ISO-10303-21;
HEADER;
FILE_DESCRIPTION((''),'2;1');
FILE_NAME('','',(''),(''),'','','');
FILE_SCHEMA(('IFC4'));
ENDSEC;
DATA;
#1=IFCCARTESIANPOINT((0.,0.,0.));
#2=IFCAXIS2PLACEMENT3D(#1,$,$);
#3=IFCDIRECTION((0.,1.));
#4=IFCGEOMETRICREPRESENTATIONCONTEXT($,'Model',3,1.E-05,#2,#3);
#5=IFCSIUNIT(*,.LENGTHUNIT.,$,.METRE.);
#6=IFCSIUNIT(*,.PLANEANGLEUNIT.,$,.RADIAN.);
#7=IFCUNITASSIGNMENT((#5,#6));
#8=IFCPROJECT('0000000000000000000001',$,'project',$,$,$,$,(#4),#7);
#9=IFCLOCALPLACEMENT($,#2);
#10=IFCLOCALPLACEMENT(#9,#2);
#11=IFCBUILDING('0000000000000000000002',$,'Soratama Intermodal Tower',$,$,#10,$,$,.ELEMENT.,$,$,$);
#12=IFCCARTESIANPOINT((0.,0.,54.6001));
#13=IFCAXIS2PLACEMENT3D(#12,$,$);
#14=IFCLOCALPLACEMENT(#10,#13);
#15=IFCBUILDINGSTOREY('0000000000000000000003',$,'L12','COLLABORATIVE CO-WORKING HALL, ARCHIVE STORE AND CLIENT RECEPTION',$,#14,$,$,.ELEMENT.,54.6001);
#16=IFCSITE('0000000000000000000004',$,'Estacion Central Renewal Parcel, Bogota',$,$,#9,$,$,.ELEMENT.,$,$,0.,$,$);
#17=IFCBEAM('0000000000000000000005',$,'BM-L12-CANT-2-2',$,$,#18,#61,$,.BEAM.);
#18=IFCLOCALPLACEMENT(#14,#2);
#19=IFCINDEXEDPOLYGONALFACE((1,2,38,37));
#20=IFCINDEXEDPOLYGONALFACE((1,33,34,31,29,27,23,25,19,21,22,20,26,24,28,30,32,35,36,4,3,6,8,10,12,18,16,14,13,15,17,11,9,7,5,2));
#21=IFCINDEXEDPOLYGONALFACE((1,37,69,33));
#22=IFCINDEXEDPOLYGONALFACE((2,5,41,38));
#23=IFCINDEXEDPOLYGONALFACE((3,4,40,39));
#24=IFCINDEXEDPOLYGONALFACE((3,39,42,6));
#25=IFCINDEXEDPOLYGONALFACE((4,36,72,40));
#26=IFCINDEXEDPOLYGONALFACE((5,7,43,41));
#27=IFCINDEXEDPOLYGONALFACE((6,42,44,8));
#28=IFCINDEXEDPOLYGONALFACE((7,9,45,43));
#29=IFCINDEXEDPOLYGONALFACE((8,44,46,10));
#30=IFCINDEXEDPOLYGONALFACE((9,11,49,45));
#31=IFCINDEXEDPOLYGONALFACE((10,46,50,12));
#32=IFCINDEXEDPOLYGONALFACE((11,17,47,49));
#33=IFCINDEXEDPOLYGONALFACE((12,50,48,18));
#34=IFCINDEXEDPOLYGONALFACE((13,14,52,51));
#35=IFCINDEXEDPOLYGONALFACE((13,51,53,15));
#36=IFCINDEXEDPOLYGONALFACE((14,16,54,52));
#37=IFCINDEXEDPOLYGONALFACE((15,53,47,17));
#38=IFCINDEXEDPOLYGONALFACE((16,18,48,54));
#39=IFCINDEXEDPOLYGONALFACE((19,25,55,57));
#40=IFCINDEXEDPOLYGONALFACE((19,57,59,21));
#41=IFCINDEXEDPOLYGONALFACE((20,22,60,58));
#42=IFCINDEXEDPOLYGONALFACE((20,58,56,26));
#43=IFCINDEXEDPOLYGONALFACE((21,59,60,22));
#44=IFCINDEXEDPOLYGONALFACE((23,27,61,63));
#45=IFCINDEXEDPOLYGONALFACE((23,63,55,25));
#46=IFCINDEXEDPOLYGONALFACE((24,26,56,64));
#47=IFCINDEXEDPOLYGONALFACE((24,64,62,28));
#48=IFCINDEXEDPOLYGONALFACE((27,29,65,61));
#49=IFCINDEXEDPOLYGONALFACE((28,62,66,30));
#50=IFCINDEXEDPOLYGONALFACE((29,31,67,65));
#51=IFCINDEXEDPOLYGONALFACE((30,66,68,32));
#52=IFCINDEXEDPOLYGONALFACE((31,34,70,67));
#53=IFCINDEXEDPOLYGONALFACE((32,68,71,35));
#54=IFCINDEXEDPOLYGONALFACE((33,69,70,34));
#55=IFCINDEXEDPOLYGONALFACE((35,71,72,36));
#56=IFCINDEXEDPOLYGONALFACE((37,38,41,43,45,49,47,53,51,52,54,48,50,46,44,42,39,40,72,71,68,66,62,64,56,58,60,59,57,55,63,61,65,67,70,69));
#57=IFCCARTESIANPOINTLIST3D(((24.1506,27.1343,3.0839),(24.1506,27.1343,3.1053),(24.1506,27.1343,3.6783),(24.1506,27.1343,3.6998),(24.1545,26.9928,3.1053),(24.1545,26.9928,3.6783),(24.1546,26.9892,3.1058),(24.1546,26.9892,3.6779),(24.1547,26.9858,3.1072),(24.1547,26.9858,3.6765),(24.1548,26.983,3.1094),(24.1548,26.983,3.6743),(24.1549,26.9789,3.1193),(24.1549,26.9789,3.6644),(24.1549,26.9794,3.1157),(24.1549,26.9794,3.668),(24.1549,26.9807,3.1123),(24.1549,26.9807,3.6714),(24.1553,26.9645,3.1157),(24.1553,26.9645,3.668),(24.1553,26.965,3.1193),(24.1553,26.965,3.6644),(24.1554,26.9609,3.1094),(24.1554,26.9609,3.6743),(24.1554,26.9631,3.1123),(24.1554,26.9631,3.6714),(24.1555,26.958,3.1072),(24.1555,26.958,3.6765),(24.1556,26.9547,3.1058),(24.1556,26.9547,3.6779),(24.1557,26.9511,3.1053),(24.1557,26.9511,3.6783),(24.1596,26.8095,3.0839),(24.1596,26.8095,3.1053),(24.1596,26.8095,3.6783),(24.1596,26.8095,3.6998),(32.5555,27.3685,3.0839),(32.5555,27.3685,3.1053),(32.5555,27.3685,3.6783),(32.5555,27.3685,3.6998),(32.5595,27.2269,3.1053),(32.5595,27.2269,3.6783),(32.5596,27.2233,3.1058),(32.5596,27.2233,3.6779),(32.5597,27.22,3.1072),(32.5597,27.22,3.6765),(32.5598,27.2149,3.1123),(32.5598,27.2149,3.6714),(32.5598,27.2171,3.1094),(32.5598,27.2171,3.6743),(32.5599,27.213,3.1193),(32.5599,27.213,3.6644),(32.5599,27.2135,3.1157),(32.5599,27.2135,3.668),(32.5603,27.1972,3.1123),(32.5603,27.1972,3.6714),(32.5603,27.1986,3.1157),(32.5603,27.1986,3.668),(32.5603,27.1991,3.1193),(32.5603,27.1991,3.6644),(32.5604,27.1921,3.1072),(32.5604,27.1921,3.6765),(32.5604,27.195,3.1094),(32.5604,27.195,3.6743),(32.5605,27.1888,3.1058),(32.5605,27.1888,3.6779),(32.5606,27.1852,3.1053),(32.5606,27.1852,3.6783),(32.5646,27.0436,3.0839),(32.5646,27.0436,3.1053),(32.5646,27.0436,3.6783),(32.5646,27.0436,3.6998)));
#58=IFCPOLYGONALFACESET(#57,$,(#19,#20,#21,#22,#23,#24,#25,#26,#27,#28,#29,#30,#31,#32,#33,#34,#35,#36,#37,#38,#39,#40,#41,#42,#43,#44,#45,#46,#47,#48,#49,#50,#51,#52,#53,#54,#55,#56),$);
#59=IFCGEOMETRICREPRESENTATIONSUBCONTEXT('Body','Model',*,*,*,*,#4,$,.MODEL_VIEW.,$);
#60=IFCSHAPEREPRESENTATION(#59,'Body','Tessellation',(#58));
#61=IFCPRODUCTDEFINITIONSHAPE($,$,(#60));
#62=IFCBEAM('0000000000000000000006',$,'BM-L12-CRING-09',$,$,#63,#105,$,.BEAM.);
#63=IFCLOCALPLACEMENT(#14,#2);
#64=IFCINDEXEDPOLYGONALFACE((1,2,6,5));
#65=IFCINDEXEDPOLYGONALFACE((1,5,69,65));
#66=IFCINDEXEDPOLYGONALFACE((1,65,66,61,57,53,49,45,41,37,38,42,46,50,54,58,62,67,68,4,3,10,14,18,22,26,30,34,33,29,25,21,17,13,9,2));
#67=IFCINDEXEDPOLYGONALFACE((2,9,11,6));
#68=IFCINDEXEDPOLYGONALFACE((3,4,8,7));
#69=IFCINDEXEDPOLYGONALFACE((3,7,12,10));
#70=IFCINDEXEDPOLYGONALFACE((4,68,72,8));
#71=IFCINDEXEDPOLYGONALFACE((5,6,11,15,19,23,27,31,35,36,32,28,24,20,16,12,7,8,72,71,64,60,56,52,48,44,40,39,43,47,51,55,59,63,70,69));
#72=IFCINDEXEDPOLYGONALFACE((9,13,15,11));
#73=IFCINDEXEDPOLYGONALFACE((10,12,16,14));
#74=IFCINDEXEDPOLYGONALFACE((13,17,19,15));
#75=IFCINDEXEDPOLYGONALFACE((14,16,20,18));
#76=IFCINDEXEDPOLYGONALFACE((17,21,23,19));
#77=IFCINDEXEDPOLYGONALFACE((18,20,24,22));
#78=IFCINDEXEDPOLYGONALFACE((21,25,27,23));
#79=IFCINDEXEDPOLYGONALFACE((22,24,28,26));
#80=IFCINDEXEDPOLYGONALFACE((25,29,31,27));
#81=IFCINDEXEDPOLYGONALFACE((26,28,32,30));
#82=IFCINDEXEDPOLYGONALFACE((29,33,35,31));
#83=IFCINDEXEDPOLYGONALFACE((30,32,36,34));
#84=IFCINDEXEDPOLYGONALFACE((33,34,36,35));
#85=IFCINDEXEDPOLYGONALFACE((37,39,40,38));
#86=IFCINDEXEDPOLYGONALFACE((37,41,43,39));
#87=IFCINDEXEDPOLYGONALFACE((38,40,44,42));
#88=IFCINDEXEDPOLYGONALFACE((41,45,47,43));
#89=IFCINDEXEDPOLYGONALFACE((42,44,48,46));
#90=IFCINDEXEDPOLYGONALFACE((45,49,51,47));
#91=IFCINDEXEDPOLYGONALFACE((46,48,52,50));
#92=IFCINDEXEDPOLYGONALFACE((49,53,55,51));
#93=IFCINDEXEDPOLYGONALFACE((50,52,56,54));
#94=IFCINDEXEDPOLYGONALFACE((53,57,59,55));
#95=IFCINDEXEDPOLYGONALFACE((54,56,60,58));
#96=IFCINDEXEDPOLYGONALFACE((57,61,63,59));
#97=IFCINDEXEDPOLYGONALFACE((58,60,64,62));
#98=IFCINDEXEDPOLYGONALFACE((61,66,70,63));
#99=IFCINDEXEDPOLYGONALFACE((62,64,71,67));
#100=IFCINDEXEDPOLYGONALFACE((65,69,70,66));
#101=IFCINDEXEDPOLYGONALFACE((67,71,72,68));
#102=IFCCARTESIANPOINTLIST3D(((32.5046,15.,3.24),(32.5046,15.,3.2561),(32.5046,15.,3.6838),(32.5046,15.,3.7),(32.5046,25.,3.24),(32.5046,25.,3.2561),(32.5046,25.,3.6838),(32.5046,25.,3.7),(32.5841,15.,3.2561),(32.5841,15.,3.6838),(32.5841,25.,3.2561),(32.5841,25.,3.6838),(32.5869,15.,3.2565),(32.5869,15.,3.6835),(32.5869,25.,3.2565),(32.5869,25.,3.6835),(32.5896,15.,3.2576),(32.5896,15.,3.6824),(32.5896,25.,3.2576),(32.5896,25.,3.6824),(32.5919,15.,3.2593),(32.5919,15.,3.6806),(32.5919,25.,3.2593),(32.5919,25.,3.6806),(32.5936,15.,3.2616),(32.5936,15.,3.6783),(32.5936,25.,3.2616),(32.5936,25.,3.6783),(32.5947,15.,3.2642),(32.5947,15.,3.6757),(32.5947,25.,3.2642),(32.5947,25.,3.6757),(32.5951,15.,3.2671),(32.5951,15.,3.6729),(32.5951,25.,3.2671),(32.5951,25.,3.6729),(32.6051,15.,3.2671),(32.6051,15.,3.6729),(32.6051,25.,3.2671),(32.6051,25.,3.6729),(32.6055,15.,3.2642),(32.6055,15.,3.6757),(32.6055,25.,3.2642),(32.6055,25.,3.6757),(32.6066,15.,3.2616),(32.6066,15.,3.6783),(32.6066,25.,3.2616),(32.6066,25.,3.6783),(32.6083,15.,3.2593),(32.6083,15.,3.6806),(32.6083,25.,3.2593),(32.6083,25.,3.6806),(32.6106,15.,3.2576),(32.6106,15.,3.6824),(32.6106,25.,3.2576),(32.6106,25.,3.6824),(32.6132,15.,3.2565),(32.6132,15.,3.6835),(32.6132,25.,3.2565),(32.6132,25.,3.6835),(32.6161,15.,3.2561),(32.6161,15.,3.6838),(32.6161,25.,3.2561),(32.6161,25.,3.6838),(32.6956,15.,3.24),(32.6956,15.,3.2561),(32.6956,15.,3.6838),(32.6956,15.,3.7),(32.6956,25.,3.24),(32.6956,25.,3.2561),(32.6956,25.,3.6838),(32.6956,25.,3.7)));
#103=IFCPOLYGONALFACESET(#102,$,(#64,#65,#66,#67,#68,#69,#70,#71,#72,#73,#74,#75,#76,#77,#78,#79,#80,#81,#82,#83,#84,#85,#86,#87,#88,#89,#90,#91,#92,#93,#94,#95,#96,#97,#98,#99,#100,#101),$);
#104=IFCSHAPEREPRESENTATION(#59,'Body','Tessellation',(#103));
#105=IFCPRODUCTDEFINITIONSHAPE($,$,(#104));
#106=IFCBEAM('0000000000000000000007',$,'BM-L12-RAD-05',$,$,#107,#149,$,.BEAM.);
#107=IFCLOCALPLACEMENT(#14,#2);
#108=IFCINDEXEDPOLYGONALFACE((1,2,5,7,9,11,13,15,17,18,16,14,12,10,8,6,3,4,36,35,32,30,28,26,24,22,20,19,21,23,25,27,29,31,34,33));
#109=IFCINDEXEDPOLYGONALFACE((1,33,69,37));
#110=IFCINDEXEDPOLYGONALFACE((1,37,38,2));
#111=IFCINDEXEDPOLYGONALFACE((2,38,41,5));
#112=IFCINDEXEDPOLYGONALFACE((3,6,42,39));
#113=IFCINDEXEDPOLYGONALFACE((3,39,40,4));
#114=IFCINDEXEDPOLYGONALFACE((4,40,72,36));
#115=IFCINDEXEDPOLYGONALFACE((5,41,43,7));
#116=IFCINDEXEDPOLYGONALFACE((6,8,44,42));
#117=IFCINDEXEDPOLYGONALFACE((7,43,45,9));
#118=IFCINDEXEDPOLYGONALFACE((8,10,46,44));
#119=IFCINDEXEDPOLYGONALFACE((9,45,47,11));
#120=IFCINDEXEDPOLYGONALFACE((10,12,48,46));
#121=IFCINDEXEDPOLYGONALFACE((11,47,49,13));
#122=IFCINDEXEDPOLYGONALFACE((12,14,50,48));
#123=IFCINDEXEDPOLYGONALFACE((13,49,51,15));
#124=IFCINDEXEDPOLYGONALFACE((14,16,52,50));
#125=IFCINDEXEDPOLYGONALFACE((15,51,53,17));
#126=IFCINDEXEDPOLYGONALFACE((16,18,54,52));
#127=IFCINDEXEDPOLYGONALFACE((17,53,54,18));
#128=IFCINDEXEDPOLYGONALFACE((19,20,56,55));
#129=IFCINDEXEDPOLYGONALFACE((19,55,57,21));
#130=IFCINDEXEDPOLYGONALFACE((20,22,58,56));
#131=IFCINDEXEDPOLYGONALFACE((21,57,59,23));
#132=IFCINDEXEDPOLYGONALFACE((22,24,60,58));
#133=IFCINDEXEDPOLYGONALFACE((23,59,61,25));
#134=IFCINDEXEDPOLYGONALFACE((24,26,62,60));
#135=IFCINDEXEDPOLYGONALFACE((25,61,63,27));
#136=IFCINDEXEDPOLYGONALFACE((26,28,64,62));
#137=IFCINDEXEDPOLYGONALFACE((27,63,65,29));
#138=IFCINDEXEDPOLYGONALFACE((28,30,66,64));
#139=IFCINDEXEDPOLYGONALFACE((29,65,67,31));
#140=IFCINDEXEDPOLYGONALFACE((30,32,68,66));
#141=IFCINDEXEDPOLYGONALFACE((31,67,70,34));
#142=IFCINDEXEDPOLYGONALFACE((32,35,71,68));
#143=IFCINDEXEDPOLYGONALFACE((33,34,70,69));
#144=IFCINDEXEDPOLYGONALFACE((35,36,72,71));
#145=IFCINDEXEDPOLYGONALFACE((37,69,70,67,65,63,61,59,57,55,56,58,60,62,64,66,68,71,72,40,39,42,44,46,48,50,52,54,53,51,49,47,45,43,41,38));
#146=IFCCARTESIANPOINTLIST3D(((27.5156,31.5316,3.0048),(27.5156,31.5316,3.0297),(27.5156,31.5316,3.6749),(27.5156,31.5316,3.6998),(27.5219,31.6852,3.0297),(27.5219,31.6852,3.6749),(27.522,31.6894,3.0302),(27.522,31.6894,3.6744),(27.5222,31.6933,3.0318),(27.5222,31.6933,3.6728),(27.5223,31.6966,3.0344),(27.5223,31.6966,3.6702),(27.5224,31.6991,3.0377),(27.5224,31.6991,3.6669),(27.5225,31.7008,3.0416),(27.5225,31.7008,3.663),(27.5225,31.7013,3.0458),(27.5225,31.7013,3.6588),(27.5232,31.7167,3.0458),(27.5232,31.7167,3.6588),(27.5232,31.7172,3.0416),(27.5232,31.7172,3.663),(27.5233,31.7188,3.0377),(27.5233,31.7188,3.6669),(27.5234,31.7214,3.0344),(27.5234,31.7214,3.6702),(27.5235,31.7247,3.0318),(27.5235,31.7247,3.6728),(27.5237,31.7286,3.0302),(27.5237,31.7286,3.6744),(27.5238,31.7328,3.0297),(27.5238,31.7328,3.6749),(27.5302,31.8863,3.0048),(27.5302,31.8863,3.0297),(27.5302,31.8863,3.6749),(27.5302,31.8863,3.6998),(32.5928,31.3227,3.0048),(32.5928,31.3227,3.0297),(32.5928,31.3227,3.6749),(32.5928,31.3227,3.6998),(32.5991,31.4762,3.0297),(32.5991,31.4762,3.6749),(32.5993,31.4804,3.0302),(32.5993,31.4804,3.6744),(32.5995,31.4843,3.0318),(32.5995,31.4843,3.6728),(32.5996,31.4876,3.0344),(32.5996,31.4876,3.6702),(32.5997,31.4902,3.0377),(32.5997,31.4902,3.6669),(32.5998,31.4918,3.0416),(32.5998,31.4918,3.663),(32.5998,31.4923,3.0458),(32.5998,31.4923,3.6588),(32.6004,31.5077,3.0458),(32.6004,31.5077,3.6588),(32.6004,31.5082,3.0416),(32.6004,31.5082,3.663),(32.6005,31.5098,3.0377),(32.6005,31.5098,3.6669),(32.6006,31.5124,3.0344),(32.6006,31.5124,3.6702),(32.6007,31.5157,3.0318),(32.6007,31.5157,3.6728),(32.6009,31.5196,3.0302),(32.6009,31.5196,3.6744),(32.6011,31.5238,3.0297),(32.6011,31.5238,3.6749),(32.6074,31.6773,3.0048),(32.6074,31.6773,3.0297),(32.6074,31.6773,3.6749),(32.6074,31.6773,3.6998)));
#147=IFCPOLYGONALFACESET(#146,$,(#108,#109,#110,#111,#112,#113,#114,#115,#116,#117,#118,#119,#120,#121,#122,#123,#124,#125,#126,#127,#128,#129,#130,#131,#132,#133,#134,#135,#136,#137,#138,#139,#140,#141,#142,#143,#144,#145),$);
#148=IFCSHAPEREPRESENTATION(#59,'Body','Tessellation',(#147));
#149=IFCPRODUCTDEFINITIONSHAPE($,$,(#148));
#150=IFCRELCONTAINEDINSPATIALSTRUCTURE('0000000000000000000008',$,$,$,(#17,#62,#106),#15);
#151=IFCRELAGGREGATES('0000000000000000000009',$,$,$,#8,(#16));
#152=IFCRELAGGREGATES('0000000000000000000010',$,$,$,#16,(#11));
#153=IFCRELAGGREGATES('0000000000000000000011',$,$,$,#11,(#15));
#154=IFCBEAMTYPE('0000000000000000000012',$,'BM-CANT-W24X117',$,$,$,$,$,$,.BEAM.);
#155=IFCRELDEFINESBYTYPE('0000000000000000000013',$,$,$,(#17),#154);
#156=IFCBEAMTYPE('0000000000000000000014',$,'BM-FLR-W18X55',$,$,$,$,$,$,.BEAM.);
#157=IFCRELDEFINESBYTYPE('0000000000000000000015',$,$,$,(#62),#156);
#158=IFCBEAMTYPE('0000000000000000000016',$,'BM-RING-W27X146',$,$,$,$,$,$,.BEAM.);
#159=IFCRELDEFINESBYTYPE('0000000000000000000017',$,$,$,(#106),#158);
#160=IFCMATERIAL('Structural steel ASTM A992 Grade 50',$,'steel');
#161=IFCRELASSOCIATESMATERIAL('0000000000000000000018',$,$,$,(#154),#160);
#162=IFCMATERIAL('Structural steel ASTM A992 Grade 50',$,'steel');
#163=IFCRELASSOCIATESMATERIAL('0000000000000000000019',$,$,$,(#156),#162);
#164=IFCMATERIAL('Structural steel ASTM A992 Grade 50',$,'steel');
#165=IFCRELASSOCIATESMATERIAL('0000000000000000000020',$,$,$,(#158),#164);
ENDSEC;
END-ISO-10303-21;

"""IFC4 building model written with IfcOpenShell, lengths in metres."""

from ifc_helpers import new_model, si_unit, direction, frame, origin, origin_2d, place, context, subcontext, project, spatial, i_section, extrude, material, material_profile, profile_set, type_object, element, save


model = new_model("IFC4")

# Units and contexts
model_context = context("Model", 3, precision=1e-05, world=origin(), true_north=direction((0.0, 1.0)))
body_context = subcontext(model_context, "Body", "Model", "MODEL_VIEW")
ifc_project = project(units=[si_unit("LENGTHUNIT", "METRE"), si_unit("PLANEANGLEUNIT", "RADIAN")], contexts=[model_context])

# Site, building, storey
site_placement = place(None, origin())
site = spatial("IfcSite", under=ifc_project, at=site_placement, Name="Estacion Central Renewal Parcel, Bogota", CompositionType="ELEMENT", RefElevation=0.0)
building_placement = place(site_placement, origin())
building = spatial("IfcBuilding", under=site, at=building_placement, Name="Soratama Intermodal Tower", CompositionType="ELEMENT")
storey_placement = place(building_placement, frame((0.0, 0.0, 54.6001)))
storey = spatial("IfcBuildingStorey", under=building, at=storey_placement, Name="L12", Description="COLLABORATIVE CO-WORKING HALL, ARCHIVE STORE AND CLIENT RECEPTION", CompositionType="ELEMENT", Elevation=54.6001)

# Beams
ifc_material_1 = material(Name="Structural steel ASTM A992 Grade 50", Category="steel")
ifc_material_profile_1 = material_profile(ifc_material_1, i_section(OverallWidth=0.325, OverallDepth=0.616, WebThickness=0.0139, FlangeThickness=0.0215, FilletRadius=0.0139, at=origin_2d()), Name="W24X117")
ifc_profile_set_1 = profile_set([ifc_material_profile_1], Name="Structural steel ASTM A992 Grade 50")
beam_type_1 = type_object("IfcBeamType", Name="BM-CANT-W24X117", PredefinedType="BEAM", material=ifc_profile_set_1)
beam_1_placement = place(storey_placement, frame((32.5601, 27.2061, 3.3918), z_axis=(-0.999612, -0.027845, 0.0), x_axis=(0.027845, -0.999612, 0.0)))
element("IfcBeam", 1, at=beam_1_placement, inside=storey, type_object=beam_type_1, Name="BM-L12-CANT-2-2", PredefinedType="BEAM", context=body_context, shape_type="SweptSolid", body=[
    extrude(i_section(OverallWidth=0.325, OverallDepth=0.616, WebThickness=0.0139, FlangeThickness=0.0215, FilletRadius=0.0139, at=origin_2d()), origin(), (0.0, 0.0, 1.0), 8.4082),
])
ifc_material_2 = material(Name="Structural steel ASTM A992 Grade 50", Category="steel")
ifc_material_profile_2 = material_profile(ifc_material_2, i_section(OverallWidth=0.1909, OverallDepth=0.46, WebThickness=0.01, FlangeThickness=0.0161, FilletRadius=0.011, at=origin_2d()), Name="W18X55")
ifc_profile_set_2 = profile_set([ifc_material_profile_2], Name="Structural steel ASTM A992 Grade 50")
beam_type_2 = type_object("IfcBeamType", Name="BM-FLR-W18X55", PredefinedType="BEAM", material=ifc_profile_set_2)
beam_2_placement = place(storey_placement, frame((32.6001, 25.0, 3.47), z_axis=(0.0, -1.0, 0.0), x_axis=(1.0, 0.0, 0.0)))
element("IfcBeam", 2, at=beam_2_placement, inside=storey, type_object=beam_type_2, Name="BM-L12-CRING-09", PredefinedType="BEAM", context=body_context, shape_type="SweptSolid", body=[
    extrude(i_section(OverallWidth=0.1909, OverallDepth=0.46, WebThickness=0.01, FlangeThickness=0.0161, FilletRadius=0.011, at=origin_2d()), origin(), (0.0, 0.0, 1.0), 10.0),
])
ifc_material_3 = material(Name="Structural steel ASTM A992 Grade 50", Category="steel")
ifc_material_profile_3 = material_profile(ifc_material_3, i_section(OverallWidth=0.355, OverallDepth=0.6951, WebThickness=0.0154, FlangeThickness=0.0249, FilletRadius=0.0161, at=origin_2d()), Name="W27X146")
ifc_profile_set_3 = profile_set([ifc_material_profile_3], Name="Structural steel ASTM A992 Grade 50")
beam_type_3 = type_object("IfcBeamType", Name="BM-RING-W27X146", PredefinedType="BEAM", material=ifc_profile_set_3)
beam_3_placement = place(storey_placement, frame((32.6001, 31.5, 3.3523), z_axis=(-0.999154, 0.041127, 0.0), x_axis=(-0.041127, -0.999154, 0.0)))
element("IfcBeam", 3, at=beam_3_placement, inside=storey, type_object=beam_type_3, Name="BM-L12-RAD-05", PredefinedType="BEAM", context=body_context, shape_type="SweptSolid", body=[
    extrude(i_section(OverallWidth=0.355, OverallDepth=0.6951, WebThickness=0.0154, FlangeThickness=0.0249, FilletRadius=0.0161, at=origin_2d()), origin(), (0.0, 0.0, 1.0), 5.0815),
])

save(model, "model.ifc")
